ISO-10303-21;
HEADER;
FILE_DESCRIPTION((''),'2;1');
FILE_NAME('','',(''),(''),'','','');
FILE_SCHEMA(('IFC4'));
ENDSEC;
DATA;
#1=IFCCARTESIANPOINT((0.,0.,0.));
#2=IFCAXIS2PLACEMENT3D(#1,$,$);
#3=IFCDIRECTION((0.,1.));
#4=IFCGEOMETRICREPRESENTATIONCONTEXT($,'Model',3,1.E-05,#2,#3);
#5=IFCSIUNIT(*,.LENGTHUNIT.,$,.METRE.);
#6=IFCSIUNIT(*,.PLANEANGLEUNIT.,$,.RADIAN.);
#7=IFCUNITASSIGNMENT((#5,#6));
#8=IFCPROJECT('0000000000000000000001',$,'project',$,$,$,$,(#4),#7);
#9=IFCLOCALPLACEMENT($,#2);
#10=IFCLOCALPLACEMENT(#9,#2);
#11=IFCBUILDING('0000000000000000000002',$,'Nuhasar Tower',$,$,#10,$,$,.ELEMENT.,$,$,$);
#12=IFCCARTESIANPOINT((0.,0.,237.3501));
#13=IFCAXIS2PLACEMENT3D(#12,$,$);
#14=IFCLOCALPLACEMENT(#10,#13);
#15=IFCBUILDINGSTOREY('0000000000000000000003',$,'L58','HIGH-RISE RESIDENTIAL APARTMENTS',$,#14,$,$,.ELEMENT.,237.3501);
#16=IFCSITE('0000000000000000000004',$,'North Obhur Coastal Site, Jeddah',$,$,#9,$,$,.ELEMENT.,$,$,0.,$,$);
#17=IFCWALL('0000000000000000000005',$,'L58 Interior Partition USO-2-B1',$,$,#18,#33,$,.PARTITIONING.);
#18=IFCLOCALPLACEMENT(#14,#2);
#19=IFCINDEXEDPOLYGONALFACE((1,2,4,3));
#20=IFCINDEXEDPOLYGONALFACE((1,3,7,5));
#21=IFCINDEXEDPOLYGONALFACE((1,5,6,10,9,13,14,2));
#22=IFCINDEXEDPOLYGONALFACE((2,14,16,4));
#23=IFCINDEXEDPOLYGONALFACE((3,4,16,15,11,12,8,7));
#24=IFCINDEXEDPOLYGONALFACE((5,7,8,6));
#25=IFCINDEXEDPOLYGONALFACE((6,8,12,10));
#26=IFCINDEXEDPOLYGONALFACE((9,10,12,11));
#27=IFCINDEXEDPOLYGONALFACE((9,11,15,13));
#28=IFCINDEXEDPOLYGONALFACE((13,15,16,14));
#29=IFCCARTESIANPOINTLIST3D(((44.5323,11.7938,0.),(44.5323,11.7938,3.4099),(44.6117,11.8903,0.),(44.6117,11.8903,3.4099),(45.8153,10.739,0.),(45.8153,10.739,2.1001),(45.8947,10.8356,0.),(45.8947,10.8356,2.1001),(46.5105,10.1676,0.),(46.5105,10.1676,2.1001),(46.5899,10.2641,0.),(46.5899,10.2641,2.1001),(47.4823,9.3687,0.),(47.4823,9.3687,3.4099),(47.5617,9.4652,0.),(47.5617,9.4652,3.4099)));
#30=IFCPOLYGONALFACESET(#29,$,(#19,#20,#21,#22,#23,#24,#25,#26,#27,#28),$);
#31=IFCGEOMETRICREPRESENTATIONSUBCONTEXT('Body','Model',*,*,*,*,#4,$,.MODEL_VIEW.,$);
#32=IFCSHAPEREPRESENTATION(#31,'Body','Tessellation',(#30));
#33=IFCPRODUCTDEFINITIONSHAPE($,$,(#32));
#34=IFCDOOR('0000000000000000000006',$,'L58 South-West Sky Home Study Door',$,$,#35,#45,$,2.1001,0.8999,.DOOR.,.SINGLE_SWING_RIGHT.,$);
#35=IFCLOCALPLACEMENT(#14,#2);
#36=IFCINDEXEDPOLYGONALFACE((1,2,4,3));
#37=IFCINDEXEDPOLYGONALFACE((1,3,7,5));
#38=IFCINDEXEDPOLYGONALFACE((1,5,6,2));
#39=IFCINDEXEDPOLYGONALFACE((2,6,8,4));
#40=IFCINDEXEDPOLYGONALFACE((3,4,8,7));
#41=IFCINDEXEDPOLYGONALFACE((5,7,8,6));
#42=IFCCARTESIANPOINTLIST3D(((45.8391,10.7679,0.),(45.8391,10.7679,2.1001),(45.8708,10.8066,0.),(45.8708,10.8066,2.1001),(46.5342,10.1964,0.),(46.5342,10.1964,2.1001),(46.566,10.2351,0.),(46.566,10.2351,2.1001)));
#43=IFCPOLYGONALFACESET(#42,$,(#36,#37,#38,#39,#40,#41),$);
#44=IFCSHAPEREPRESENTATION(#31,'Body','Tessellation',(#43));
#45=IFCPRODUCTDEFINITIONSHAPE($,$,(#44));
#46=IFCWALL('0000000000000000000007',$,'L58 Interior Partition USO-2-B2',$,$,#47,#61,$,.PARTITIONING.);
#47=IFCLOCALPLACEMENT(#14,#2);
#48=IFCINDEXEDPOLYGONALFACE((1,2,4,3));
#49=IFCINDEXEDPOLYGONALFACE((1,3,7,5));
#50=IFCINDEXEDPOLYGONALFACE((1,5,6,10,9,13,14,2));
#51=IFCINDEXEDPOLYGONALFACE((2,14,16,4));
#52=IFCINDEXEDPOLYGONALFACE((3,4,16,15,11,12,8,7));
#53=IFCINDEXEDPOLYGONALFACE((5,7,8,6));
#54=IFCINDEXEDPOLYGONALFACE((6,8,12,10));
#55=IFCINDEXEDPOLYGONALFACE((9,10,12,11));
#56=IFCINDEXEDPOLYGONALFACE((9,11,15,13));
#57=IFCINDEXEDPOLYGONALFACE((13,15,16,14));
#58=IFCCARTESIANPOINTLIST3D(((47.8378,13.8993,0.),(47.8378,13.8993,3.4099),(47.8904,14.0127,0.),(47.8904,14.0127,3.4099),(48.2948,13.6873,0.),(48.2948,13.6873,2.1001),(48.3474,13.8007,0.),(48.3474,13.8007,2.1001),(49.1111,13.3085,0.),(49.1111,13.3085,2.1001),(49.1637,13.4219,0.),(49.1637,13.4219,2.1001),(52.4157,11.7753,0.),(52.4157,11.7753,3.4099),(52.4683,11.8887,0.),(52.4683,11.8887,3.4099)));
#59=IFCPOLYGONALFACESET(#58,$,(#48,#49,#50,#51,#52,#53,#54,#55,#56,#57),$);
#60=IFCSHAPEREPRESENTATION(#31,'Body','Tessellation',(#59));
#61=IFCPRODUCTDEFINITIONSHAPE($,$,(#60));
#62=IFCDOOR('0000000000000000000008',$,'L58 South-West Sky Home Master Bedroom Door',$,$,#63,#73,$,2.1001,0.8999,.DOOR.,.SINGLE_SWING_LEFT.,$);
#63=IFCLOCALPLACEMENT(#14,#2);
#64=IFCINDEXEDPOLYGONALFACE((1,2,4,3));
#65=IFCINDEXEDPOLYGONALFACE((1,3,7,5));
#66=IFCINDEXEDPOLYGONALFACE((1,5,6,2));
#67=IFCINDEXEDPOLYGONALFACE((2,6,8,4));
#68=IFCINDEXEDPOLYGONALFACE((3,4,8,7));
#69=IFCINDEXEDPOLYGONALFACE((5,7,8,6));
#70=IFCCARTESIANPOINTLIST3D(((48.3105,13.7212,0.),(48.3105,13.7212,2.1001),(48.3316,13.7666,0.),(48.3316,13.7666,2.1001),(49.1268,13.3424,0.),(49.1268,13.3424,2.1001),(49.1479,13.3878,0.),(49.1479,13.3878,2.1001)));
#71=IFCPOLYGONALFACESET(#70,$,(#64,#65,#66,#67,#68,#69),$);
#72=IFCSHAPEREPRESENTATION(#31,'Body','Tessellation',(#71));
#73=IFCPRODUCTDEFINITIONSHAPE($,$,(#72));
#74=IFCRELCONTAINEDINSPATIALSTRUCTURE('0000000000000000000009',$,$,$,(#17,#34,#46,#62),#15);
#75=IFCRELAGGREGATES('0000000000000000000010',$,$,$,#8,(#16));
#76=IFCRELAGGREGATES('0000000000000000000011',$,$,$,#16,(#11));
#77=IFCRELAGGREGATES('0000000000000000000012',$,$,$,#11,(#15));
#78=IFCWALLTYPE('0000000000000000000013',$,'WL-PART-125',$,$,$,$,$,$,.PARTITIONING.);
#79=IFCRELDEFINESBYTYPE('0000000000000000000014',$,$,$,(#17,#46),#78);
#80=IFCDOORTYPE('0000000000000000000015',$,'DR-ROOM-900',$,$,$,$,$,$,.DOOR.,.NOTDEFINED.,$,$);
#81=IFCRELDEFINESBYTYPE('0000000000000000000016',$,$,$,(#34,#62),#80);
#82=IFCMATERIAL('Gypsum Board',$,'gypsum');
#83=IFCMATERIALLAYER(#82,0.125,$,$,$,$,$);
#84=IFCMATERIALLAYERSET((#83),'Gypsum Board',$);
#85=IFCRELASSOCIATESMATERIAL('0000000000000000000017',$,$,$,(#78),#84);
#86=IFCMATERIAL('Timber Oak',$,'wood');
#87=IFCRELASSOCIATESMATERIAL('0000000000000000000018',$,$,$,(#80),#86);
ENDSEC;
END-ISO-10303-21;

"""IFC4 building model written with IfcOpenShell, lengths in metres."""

from ifc_helpers import new_model, si_unit, direction, frame, frame_2d, origin, place, context, subcontext, project, spatial, rectangle, extrude, material, layer, layer_set, type_object, element, fill, save


model = new_model("IFC4")

# Units and contexts
model_context = context("Model", 3, precision=1e-05, world=origin(), true_north=direction((0.0, 1.0)))
body_context = subcontext(model_context, "Body", "Model", "MODEL_VIEW")
ifc_project = project(units=[si_unit("LENGTHUNIT", "METRE"), si_unit("PLANEANGLEUNIT", "RADIAN")], contexts=[model_context])

# Site, building, storey
site_placement = place(None, origin())
site = spatial("IfcSite", under=ifc_project, at=site_placement, Name="North Obhur Coastal Site, Jeddah", CompositionType="ELEMENT", RefElevation=0.0)
building_placement = place(site_placement, origin())
building = spatial("IfcBuilding", under=site, at=building_placement, Name="Nuhasar Tower", CompositionType="ELEMENT")
storey_placement = place(building_placement, frame((0.0, 0.0, 237.3501)))
storey = spatial("IfcBuildingStorey", under=building, at=storey_placement, Name="L58", Description="HIGH-RISE RESIDENTIAL APARTMENTS", CompositionType="ELEMENT", Elevation=237.3501)

# Shared definitions
ifc_material_1 = material(Name="Gypsum Board", Category="gypsum")

# Shared definitions
ifc_layer_1 = layer(ifc_material_1, 0.125)
ifc_layer_set_1 = layer_set([ifc_layer_1], Name="Gypsum Board")
wall_type_1 = type_object("IfcWallType", Name="WL-PART-125", PredefinedType="PARTITIONING", material=ifc_layer_set_1)
ifc_material_2 = material(Name="Timber Oak", Category="wood")
door_type_1 = type_object("IfcDoorType", Name="DR-ROOM-900", OperationType="NOTDEFINED", PredefinedType="DOOR", material=ifc_material_2)

# Walls, openings, doors
wall_1_placement = place(storey_placement, frame((44.572, 11.842, 0.0), z_axis=(0.0, 0.0, 1.0), x_axis=(0.772485, -0.635032, 0.0)))
wall_1 = element("IfcWall", 1, at=wall_1_placement, inside=storey, type_object=wall_type_1, Name="L58 Interior Partition USO-2-B1", PredefinedType="PARTITIONING", context=body_context, shape_type="SweptSolid", body=[
    extrude(rectangle(XDim=3.8188, YDim=0.125, at=frame_2d((1.9094, 0.0))), origin(), (0.0, 0.0, 1.0), 3.4099),
])
opening_1_placement = place(wall_1_placement, frame((1.6609, 0.0, 0.0)))
opening_1 = element("IfcOpeningElement", 2, at=opening_1_placement, cuts=wall_1, PredefinedType="OPENING", context=body_context, shape_type="SweptSolid", body=[
    extrude(rectangle(XDim=0.8999, YDim=2.1001, at=frame_2d((0.45, 1.05))), frame((0.0, 0.0725, 0.0), z_axis=(0.0, -1.0, 0.0), x_axis=(1.0, 0.0, 0.0)), (0.0, 0.0, 1.0), 0.145),
])
door_1_placement = place(opening_1_placement, origin())
door_1 = element("IfcDoor", 3, at=door_1_placement, inside=storey, type_object=door_type_1, Name="L58 South-West Sky Home Study Door", OperationType="SINGLE_SWING_RIGHT", OverallHeight=2.1001, OverallWidth=0.8999, PredefinedType="DOOR", context=body_context, shape_type="SweptSolid", body=[
    extrude(rectangle(XDim=0.8999, YDim=2.1001, at=frame_2d((0.45, 1.05))), frame((0.0, 0.0249, 0.0), z_axis=(0.0, -1.0, 0.0), x_axis=(1.0, 0.0, 0.0)), (0.0, 0.0, 1.0), 0.05),
])
fill(opening_1, door_1)
wall_2_placement = place(storey_placement, frame((47.864, 13.9561, 0.0), z_axis=(0.0, 0.0, 1.0), x_axis=(0.907117, -0.42088, 0.0)))
wall_2 = element("IfcWall", 4, at=wall_2_placement, inside=storey, type_object=wall_type_1, Name="L58 Interior Partition USO-2-B2", PredefinedType="PARTITIONING", context=body_context, shape_type="SweptSolid", body=[
    extrude(rectangle(XDim=5.0466, YDim=0.125, at=frame_2d((2.5234, 0.0))), origin(), (0.0, 0.0, 1.0), 3.4099),
])
opening_2_placement = place(wall_2_placement, frame((0.5039, 0.0, 0.0)))
opening_2 = element("IfcOpeningElement", 5, at=opening_2_placement, cuts=wall_2, PredefinedType="OPENING", context=body_context, shape_type="SweptSolid", body=[
    extrude(rectangle(XDim=0.8999, YDim=2.1001, at=frame_2d((0.45, 1.05))), frame((0.0, 0.0725, 0.0), z_axis=(0.0, -1.0, 0.0), x_axis=(1.0, 0.0, 0.0)), (0.0, 0.0, 1.0), 0.145),
])
door_2_placement = place(opening_2_placement, origin())
door_2 = element("IfcDoor", 6, at=door_2_placement, inside=storey, type_object=door_type_1, Name="L58 South-West Sky Home Master Bedroom Door", OperationType="SINGLE_SWING_LEFT", OverallHeight=2.1001, OverallWidth=0.8999, PredefinedType="DOOR", context=body_context, shape_type="SweptSolid", body=[
    extrude(rectangle(XDim=0.8999, YDim=2.1001, at=frame_2d((0.45, 1.05))), frame((0.0, 0.0249, 0.0), z_axis=(0.0, -1.0, 0.0), x_axis=(1.0, 0.0, 0.0)), (0.0, 0.0, 1.0), 0.05),
])
fill(opening_2, door_2)

save(model, "model.ifc")
